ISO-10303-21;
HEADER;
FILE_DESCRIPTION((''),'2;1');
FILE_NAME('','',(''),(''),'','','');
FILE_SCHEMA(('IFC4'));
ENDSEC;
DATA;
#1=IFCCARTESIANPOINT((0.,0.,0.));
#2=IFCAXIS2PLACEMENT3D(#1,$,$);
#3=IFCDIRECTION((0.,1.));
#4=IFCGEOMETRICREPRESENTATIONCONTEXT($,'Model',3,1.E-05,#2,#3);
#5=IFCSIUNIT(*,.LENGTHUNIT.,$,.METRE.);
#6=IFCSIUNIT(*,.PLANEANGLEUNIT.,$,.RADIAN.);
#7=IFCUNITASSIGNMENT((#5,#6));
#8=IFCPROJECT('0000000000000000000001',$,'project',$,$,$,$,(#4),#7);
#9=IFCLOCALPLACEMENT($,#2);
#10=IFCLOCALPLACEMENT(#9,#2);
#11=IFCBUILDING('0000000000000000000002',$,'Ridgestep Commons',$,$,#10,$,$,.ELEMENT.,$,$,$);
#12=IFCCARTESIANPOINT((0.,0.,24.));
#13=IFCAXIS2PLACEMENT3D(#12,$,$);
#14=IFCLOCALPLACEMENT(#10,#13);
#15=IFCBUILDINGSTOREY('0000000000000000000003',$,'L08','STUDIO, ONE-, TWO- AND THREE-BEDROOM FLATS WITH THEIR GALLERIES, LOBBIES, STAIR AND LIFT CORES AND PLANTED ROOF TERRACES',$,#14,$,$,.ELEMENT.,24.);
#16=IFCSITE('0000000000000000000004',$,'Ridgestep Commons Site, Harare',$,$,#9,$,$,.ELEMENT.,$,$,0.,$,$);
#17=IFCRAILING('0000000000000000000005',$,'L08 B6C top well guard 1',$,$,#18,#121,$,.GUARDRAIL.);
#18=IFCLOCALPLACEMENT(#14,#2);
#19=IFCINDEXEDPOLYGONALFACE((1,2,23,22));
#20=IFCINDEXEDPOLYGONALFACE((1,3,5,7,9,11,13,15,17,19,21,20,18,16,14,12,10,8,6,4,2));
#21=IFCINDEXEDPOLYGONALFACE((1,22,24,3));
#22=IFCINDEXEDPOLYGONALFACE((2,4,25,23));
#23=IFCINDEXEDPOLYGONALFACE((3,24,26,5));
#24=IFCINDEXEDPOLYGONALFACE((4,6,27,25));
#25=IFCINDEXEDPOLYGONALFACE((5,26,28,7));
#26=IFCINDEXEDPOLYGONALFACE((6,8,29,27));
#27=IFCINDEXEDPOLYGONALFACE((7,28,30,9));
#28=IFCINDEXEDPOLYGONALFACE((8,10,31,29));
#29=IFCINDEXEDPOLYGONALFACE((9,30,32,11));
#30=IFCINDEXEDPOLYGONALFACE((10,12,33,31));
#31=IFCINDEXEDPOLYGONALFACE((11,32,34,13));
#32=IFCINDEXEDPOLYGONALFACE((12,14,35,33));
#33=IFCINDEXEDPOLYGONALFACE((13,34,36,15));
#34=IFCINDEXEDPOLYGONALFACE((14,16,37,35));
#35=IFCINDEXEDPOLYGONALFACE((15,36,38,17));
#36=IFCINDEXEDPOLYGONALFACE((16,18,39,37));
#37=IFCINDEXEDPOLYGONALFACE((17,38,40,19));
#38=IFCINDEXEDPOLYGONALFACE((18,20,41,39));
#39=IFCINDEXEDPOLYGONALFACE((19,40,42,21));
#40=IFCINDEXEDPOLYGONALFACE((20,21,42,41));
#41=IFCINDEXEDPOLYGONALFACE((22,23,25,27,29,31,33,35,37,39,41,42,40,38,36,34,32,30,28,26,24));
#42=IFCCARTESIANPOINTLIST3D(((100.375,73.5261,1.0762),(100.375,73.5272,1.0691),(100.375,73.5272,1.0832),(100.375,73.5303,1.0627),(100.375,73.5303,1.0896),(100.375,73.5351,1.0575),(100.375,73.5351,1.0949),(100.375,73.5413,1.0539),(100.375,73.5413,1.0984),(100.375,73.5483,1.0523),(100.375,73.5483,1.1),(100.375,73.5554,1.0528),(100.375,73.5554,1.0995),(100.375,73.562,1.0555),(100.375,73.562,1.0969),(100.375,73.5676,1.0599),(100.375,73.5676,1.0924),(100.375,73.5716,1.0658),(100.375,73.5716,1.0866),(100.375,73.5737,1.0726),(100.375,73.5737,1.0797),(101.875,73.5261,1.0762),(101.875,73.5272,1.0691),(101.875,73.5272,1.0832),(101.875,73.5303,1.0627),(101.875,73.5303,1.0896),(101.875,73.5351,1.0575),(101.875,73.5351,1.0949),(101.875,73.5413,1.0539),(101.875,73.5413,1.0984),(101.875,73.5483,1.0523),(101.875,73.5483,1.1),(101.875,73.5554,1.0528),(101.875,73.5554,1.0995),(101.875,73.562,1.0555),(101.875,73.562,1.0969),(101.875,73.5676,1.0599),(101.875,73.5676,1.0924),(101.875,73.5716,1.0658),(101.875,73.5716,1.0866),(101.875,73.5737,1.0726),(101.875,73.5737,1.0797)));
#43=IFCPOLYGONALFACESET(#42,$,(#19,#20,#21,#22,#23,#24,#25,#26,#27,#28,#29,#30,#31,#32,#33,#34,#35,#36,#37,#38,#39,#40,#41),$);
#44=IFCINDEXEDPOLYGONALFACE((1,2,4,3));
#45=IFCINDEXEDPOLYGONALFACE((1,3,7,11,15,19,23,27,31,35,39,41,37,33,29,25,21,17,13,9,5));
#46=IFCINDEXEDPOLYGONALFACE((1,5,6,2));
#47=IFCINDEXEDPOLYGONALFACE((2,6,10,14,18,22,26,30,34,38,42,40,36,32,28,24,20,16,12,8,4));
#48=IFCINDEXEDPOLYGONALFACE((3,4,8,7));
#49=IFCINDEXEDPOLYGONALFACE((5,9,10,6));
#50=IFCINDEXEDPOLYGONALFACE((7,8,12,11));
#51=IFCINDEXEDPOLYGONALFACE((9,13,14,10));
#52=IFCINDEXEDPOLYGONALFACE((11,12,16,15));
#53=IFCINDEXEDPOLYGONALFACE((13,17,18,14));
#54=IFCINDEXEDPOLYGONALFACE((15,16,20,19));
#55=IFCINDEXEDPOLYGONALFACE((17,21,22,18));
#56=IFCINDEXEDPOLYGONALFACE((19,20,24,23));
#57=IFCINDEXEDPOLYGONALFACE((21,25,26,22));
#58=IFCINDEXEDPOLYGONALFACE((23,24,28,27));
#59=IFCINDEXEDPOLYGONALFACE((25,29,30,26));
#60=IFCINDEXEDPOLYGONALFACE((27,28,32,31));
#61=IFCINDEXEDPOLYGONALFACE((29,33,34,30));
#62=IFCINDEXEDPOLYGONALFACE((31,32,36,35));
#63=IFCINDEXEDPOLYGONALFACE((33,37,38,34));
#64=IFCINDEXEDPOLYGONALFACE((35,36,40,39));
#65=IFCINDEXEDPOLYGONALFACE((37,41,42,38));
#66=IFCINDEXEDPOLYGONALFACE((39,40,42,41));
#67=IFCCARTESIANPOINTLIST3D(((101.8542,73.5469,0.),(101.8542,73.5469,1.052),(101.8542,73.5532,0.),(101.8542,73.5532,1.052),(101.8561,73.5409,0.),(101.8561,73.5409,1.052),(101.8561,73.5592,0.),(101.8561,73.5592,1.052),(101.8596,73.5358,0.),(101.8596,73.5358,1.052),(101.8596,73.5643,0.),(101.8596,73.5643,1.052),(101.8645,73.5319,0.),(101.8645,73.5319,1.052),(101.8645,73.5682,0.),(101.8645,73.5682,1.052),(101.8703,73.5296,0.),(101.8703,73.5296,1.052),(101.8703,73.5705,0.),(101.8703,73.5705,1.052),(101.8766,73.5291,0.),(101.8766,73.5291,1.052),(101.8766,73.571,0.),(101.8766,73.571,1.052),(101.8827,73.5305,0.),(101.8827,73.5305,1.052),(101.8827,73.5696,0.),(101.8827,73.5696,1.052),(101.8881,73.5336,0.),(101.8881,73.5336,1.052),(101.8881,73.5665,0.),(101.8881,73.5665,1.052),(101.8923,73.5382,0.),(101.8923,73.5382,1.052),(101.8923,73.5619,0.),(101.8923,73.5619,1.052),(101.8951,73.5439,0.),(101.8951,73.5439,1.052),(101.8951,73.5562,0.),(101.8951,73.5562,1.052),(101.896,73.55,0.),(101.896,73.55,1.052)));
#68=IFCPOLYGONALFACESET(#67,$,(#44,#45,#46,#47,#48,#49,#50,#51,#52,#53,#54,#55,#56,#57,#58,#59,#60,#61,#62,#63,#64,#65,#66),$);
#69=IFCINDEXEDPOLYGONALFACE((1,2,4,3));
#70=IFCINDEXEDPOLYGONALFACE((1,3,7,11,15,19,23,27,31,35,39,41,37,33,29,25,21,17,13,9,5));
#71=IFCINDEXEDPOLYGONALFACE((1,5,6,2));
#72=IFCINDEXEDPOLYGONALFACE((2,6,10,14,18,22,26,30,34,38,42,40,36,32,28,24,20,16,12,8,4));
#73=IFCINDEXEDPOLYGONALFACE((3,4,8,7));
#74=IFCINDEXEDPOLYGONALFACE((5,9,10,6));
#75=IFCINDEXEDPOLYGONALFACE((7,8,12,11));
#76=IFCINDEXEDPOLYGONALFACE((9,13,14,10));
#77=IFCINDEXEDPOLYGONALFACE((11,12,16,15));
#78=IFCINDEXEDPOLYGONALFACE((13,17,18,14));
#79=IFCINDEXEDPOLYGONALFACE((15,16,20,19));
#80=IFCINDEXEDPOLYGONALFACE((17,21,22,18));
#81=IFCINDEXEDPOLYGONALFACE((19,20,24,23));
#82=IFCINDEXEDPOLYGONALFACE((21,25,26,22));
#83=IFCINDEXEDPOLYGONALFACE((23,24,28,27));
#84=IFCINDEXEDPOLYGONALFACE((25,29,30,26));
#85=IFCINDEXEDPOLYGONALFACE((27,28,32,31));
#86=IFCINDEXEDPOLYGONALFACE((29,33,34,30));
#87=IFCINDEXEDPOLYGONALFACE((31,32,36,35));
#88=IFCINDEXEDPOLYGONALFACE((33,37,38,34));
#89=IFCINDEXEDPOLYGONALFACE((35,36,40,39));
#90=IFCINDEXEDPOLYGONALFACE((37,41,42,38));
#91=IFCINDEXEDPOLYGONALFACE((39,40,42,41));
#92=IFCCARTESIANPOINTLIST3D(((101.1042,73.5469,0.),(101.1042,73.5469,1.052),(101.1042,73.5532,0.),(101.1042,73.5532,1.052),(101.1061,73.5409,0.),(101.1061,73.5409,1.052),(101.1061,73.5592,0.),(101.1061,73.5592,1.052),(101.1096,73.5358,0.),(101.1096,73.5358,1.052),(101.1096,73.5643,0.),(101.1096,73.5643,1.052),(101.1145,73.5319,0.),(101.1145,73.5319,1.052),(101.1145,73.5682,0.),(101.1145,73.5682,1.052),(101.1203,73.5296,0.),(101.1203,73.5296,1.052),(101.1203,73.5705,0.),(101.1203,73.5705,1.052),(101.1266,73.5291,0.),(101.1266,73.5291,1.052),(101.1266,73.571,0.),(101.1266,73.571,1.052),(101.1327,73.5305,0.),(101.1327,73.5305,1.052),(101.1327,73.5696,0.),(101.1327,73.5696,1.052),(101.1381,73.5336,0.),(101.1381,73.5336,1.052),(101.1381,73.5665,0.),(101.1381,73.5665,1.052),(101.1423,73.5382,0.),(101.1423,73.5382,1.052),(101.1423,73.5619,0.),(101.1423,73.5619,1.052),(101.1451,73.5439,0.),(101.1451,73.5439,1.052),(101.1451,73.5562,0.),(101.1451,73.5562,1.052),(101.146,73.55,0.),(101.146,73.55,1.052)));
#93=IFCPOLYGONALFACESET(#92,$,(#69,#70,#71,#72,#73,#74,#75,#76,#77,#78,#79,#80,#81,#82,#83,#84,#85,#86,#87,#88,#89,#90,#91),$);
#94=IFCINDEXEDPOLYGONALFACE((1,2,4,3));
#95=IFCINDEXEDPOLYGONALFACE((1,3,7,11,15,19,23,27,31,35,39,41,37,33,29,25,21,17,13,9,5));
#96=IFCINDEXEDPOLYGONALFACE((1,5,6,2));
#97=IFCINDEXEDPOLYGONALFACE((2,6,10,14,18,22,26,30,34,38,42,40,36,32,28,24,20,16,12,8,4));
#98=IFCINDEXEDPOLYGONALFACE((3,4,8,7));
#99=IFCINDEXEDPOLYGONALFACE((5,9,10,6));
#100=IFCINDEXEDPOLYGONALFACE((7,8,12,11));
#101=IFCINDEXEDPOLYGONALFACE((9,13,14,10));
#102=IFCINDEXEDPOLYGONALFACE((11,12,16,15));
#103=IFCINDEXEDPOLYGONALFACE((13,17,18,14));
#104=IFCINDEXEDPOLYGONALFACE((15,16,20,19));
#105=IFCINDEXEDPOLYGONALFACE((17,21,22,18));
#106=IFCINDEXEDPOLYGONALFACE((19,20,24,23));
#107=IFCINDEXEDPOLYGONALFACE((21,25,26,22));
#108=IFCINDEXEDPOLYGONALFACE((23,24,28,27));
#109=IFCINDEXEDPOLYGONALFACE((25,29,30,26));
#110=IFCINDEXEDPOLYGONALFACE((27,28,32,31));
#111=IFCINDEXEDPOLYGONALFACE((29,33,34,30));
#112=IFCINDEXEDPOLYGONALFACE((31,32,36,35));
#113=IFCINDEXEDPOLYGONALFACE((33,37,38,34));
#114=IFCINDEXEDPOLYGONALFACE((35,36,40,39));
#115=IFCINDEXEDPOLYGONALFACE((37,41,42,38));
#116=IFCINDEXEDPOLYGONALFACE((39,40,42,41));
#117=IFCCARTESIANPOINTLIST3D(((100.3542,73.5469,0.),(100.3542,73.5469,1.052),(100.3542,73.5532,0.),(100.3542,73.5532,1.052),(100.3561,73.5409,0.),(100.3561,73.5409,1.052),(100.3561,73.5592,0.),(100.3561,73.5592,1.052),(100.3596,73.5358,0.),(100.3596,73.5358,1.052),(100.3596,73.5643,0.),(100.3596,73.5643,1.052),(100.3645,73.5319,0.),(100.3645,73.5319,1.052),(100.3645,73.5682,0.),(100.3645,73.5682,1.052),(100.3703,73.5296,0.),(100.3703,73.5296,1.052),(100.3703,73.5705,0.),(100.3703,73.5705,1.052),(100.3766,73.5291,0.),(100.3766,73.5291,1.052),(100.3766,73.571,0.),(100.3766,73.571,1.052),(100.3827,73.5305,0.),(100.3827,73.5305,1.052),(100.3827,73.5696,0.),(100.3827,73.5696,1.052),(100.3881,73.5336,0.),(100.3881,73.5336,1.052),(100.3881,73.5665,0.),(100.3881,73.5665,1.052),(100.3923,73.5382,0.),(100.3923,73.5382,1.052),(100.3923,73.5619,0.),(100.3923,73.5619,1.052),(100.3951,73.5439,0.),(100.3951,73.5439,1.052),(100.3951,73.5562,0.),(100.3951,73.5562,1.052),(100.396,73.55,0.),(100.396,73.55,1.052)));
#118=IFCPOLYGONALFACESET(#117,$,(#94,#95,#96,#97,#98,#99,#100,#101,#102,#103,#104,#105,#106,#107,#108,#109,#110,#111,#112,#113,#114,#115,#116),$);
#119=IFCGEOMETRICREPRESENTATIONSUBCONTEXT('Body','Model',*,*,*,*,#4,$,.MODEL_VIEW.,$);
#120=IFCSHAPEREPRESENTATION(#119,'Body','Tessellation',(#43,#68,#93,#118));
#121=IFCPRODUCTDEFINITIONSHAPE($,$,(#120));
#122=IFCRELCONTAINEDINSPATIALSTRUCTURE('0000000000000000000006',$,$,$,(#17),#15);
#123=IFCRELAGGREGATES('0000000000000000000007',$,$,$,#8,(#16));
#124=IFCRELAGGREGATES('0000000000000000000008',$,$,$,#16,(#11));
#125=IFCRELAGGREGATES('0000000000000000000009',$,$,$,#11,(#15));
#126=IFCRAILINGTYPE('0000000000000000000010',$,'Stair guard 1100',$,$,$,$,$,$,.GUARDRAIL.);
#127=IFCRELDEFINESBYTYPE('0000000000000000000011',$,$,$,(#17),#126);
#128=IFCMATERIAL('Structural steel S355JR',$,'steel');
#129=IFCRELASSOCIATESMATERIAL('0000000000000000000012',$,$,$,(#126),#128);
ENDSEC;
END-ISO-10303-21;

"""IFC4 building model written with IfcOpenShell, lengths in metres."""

from ifc_helpers import new_model, si_unit, direction, frame, origin, origin_2d, place, context, subcontext, project, spatial, circle, extrude, material, type_object, element, save


model = new_model("IFC4")

# Units and contexts
model_context = context("Model", 3, precision=1e-05, world=origin(), true_north=direction((0.0, 1.0)))
body_context = subcontext(model_context, "Body", "Model", "MODEL_VIEW")
ifc_project = project(units=[si_unit("LENGTHUNIT", "METRE"), si_unit("PLANEANGLEUNIT", "RADIAN")], contexts=[model_context])

# Site, building, storey
site_placement = place(None, origin())
site = spatial("IfcSite", under=ifc_project, at=site_placement, Name="Ridgestep Commons Site, Harare", CompositionType="ELEMENT", RefElevation=0.0)
building_placement = place(site_placement, origin())
building = spatial("IfcBuilding", under=site, at=building_placement, Name="Ridgestep Commons", CompositionType="ELEMENT")
storey_placement = place(building_placement, frame((0.0, 0.0, 24.0)))
storey = spatial("IfcBuildingStorey", under=building, at=storey_placement, Name="L08", Description="STUDIO, ONE-, TWO- AND THREE-BEDROOM FLATS WITH THEIR GALLERIES, LOBBIES, STAIR AND LIFT CORES AND PLANTED ROOF TERRACES", CompositionType="ELEMENT", Elevation=24.0)

# Railing
ifc_material_1 = material(Name="Structural steel S355JR", Category="steel")
railing_type_1 = type_object("IfcRailingType", Name="Stair guard 1100", PredefinedType="GUARDRAIL", material=ifc_material_1)
railing_1_placement = place(storey_placement, frame((101.875, 73.55, 0.0)))
element("IfcRailing", 1, at=railing_1_placement, inside=storey, type_object=railing_type_1, Name="L08 B6C top well guard 1", PredefinedType="GUARDRAIL", context=body_context, shape_type="SweptSolid", body=[
    extrude(circle(Radius=0.0239, at=origin_2d()), frame((0.0, 0.0, 1.0762), z_axis=(-1.0, 0.0, 0.0), x_axis=(0.0, -1.0, 0.0)), (0.0, 0.0, 1.0), 1.5),
    extrude(circle(Radius=0.021, at=origin_2d()), origin(), (0.0, 0.0, 1.0), 1.052),
    extrude(circle(Radius=0.021, at=origin_2d()), frame((-0.75, 0.0, 0.0)), (0.0, 0.0, 1.0), 1.052),
    extrude(circle(Radius=0.021, at=origin_2d()), frame((-1.5, 0.0, 0.0)), (0.0, 0.0, 1.0), 1.052),
])

save(model, "model.ifc")
